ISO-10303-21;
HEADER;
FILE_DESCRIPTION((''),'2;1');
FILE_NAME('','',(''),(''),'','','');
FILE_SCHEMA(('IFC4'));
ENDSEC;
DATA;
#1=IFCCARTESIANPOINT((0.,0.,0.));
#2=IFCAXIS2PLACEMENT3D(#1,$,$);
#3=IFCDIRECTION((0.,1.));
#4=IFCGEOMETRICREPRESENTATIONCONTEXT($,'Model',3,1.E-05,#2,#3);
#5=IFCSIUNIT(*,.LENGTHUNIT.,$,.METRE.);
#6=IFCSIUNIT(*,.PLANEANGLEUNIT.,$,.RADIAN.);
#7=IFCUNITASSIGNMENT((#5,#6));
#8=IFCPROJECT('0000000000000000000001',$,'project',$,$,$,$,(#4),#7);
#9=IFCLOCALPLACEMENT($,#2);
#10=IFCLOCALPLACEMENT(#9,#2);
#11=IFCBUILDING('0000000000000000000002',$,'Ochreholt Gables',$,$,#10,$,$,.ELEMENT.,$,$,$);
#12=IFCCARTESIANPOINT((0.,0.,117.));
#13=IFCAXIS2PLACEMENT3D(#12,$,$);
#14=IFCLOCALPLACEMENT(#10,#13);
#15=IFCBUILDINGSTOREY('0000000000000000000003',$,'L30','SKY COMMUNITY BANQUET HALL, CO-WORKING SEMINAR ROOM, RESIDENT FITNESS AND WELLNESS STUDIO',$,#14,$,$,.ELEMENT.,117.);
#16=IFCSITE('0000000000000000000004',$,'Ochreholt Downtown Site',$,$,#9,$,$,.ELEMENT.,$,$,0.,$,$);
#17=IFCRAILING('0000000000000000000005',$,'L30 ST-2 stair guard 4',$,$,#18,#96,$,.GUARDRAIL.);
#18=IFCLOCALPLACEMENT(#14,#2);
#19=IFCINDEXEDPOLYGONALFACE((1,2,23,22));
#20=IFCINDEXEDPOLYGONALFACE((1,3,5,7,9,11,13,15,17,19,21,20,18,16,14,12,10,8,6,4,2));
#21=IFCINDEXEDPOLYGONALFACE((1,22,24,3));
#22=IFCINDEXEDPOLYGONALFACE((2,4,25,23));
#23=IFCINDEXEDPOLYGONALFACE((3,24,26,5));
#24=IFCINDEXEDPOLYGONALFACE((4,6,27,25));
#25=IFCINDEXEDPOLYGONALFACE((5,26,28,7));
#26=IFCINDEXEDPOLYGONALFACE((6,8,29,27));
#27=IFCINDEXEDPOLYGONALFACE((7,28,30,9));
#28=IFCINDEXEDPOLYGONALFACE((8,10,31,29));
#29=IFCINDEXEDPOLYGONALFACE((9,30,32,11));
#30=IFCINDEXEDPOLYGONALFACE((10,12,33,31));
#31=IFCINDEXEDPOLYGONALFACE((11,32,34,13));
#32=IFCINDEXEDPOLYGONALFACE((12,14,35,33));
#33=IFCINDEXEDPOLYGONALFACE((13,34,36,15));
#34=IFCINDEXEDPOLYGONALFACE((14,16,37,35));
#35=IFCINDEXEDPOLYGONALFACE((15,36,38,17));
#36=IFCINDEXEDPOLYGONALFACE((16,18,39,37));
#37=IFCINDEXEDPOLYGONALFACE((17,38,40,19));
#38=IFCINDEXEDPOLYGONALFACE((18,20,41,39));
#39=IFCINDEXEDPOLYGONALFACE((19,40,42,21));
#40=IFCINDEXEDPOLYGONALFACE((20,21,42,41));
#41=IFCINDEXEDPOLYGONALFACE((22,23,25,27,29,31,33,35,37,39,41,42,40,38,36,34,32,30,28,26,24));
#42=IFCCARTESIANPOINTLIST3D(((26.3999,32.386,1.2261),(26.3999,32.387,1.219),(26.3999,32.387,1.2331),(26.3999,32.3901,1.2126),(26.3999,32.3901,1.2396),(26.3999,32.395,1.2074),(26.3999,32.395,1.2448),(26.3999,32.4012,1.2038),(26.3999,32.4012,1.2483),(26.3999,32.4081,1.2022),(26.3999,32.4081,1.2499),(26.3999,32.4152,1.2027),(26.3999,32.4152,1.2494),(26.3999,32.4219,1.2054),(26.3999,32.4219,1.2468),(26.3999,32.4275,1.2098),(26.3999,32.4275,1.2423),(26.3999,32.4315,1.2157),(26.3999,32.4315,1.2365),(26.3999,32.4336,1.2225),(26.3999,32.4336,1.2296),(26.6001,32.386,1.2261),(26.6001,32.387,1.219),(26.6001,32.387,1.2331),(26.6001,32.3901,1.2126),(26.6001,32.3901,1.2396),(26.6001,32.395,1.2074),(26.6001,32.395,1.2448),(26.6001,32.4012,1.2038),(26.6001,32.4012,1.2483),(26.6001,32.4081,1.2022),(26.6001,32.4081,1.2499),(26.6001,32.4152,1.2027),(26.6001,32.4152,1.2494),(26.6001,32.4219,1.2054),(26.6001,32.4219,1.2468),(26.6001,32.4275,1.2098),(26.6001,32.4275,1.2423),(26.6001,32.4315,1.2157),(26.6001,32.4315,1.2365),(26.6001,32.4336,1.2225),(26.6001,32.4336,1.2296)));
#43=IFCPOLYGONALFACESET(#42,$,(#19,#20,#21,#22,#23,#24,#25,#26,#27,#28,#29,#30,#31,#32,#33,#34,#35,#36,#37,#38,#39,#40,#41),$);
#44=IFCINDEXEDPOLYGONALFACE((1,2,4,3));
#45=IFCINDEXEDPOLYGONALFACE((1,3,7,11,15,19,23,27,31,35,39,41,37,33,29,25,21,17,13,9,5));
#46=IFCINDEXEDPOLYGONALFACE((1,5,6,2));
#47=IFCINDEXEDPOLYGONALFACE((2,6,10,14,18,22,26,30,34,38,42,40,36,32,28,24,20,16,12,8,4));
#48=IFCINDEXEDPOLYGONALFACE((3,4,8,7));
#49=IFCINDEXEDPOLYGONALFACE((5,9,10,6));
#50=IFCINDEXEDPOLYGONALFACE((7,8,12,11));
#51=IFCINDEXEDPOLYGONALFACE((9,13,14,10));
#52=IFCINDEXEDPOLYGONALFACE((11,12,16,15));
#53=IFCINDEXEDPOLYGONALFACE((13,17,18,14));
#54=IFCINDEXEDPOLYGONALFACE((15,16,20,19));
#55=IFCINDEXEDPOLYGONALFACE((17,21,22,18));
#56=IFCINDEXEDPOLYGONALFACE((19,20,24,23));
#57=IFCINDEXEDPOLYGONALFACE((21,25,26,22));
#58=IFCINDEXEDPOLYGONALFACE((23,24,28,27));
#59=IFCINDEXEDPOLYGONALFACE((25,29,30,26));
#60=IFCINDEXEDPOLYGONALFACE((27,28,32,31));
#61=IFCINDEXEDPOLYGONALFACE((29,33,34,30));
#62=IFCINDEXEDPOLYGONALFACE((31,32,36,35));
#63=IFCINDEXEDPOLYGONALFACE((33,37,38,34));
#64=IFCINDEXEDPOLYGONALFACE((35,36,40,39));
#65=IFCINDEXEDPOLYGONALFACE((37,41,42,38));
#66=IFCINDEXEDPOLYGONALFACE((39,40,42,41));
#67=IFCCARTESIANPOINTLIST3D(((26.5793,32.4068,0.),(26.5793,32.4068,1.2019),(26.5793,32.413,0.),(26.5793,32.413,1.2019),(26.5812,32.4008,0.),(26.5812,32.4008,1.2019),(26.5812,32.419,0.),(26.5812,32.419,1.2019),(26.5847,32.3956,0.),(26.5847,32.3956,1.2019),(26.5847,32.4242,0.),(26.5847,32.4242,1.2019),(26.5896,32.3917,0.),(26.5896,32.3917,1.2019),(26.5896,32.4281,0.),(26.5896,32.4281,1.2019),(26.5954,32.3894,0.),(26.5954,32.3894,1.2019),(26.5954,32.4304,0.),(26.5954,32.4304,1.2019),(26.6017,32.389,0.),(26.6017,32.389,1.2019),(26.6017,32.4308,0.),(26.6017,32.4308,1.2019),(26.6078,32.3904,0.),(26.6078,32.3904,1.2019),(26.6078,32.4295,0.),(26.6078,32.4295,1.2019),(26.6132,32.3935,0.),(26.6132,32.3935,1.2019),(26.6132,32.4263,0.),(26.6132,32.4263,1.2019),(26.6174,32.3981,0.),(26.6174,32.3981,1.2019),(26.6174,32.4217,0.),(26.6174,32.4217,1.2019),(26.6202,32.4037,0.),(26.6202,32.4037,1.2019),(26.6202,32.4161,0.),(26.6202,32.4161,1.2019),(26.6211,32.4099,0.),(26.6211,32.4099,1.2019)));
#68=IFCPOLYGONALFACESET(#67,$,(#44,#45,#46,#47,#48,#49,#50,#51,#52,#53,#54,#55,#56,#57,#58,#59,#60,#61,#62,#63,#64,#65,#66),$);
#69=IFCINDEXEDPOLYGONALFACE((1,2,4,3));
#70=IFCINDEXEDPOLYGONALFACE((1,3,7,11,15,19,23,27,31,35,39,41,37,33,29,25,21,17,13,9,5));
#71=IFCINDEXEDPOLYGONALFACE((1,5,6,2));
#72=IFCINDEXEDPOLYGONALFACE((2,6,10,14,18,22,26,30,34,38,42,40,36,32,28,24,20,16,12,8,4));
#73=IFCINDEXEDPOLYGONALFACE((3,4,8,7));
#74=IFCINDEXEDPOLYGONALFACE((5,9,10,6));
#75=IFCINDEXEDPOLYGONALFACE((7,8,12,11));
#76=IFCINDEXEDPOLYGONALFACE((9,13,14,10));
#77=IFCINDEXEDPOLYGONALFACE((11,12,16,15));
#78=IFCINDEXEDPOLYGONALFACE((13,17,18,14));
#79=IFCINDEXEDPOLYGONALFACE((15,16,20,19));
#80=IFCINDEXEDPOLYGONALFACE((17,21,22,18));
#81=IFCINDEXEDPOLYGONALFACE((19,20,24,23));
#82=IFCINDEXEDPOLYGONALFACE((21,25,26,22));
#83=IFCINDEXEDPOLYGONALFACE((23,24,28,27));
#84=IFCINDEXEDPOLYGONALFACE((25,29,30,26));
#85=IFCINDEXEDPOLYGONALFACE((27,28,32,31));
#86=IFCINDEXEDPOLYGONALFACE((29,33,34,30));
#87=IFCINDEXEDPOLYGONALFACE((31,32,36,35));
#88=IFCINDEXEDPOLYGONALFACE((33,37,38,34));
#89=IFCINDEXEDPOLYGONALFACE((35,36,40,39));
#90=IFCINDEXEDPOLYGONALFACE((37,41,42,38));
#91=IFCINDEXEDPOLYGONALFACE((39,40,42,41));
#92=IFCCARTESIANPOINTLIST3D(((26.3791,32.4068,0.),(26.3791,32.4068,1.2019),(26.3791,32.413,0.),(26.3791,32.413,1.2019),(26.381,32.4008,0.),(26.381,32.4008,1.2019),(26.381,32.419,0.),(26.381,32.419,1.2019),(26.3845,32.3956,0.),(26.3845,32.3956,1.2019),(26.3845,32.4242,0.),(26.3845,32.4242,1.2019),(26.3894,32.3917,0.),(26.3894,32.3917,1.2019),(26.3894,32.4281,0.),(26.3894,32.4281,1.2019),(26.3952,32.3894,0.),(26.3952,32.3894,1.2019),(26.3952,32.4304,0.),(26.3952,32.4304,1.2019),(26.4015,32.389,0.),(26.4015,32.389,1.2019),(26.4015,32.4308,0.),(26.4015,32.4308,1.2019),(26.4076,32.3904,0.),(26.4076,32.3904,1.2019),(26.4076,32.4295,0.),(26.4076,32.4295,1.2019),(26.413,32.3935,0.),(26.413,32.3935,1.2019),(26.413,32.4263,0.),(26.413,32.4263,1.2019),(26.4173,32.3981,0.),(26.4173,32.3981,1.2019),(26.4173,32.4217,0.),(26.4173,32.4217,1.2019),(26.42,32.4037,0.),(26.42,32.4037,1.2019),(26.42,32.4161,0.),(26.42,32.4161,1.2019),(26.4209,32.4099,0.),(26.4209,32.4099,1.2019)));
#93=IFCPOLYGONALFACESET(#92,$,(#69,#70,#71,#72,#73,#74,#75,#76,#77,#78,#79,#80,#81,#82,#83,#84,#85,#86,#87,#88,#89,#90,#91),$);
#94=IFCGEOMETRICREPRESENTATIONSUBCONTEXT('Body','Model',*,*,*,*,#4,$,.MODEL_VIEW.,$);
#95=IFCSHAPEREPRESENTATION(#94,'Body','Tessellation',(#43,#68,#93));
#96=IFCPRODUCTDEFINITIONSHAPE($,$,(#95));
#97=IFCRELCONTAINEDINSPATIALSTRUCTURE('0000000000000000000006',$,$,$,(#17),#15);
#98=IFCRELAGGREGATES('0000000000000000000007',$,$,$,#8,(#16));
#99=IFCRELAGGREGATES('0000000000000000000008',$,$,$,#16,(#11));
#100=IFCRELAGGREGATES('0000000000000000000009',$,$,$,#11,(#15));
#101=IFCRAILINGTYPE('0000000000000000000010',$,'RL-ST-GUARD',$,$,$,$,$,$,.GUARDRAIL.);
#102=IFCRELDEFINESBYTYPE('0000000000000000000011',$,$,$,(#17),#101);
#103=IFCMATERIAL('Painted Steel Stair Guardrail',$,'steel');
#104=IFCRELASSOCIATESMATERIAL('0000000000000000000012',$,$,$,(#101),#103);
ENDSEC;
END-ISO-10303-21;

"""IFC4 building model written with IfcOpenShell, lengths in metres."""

from ifc_helpers import new_model, si_unit, direction, frame, origin, origin_2d, place, context, subcontext, project, spatial, circle, extrude, material, type_object, element, save


model = new_model("IFC4")

# Units and contexts
model_context = context("Model", 3, precision=1e-05, world=origin(), true_north=direction((0.0, 1.0)))
body_context = subcontext(model_context, "Body", "Model", "MODEL_VIEW")
ifc_project = project(units=[si_unit("LENGTHUNIT", "METRE"), si_unit("PLANEANGLEUNIT", "RADIAN")], contexts=[model_context])

# Site, building, storey
site_placement = place(None, origin())
site = spatial("IfcSite", under=ifc_project, at=site_placement, Name="Ochreholt Downtown Site", CompositionType="ELEMENT", RefElevation=0.0)
building_placement = place(site_placement, origin())
building = spatial("IfcBuilding", under=site, at=building_placement, Name="Ochreholt Gables", CompositionType="ELEMENT")
storey_placement = place(building_placement, frame((0.0, 0.0, 117.0)))
storey = spatial("IfcBuildingStorey", under=building, at=storey_placement, Name="L30", Description="SKY COMMUNITY BANQUET HALL, CO-WORKING SEMINAR ROOM, RESIDENT FITNESS AND WELLNESS STUDIO", CompositionType="ELEMENT", Elevation=117.0)

# Railing
ifc_material_1 = material(Name="Painted Steel Stair Guardrail", Category="steel")
railing_type_1 = type_object("IfcRailingType", Name="RL-ST-GUARD", PredefinedType="GUARDRAIL", material=ifc_material_1)
railing_1_placement = place(storey_placement, frame((26.6001, 32.4099, 0.0)))
element("IfcRailing", 1, at=railing_1_placement, inside=storey, type_object=railing_type_1, Name="L30 ST-2 stair guard 4", PredefinedType="GUARDRAIL", context=body_context, shape_type="SweptSolid", body=[
    extrude(circle(Radius=0.0239, at=origin_2d()), frame((0.0, 0.0, 1.2261), z_axis=(-1.0, 0.0, 0.0), x_axis=(0.0, -1.0, 0.0)), (0.0, 0.0, 1.0), 0.2002),
    extrude(circle(Radius=0.021, at=origin_2d()), origin(), (0.0, 0.0, 1.0), 1.2019),
    extrude(circle(Radius=0.021, at=origin_2d()), frame((-0.2002, 0.0, 0.0)), (0.0, 0.0, 1.0), 1.2019),
])

save(model, "model.ifc")
